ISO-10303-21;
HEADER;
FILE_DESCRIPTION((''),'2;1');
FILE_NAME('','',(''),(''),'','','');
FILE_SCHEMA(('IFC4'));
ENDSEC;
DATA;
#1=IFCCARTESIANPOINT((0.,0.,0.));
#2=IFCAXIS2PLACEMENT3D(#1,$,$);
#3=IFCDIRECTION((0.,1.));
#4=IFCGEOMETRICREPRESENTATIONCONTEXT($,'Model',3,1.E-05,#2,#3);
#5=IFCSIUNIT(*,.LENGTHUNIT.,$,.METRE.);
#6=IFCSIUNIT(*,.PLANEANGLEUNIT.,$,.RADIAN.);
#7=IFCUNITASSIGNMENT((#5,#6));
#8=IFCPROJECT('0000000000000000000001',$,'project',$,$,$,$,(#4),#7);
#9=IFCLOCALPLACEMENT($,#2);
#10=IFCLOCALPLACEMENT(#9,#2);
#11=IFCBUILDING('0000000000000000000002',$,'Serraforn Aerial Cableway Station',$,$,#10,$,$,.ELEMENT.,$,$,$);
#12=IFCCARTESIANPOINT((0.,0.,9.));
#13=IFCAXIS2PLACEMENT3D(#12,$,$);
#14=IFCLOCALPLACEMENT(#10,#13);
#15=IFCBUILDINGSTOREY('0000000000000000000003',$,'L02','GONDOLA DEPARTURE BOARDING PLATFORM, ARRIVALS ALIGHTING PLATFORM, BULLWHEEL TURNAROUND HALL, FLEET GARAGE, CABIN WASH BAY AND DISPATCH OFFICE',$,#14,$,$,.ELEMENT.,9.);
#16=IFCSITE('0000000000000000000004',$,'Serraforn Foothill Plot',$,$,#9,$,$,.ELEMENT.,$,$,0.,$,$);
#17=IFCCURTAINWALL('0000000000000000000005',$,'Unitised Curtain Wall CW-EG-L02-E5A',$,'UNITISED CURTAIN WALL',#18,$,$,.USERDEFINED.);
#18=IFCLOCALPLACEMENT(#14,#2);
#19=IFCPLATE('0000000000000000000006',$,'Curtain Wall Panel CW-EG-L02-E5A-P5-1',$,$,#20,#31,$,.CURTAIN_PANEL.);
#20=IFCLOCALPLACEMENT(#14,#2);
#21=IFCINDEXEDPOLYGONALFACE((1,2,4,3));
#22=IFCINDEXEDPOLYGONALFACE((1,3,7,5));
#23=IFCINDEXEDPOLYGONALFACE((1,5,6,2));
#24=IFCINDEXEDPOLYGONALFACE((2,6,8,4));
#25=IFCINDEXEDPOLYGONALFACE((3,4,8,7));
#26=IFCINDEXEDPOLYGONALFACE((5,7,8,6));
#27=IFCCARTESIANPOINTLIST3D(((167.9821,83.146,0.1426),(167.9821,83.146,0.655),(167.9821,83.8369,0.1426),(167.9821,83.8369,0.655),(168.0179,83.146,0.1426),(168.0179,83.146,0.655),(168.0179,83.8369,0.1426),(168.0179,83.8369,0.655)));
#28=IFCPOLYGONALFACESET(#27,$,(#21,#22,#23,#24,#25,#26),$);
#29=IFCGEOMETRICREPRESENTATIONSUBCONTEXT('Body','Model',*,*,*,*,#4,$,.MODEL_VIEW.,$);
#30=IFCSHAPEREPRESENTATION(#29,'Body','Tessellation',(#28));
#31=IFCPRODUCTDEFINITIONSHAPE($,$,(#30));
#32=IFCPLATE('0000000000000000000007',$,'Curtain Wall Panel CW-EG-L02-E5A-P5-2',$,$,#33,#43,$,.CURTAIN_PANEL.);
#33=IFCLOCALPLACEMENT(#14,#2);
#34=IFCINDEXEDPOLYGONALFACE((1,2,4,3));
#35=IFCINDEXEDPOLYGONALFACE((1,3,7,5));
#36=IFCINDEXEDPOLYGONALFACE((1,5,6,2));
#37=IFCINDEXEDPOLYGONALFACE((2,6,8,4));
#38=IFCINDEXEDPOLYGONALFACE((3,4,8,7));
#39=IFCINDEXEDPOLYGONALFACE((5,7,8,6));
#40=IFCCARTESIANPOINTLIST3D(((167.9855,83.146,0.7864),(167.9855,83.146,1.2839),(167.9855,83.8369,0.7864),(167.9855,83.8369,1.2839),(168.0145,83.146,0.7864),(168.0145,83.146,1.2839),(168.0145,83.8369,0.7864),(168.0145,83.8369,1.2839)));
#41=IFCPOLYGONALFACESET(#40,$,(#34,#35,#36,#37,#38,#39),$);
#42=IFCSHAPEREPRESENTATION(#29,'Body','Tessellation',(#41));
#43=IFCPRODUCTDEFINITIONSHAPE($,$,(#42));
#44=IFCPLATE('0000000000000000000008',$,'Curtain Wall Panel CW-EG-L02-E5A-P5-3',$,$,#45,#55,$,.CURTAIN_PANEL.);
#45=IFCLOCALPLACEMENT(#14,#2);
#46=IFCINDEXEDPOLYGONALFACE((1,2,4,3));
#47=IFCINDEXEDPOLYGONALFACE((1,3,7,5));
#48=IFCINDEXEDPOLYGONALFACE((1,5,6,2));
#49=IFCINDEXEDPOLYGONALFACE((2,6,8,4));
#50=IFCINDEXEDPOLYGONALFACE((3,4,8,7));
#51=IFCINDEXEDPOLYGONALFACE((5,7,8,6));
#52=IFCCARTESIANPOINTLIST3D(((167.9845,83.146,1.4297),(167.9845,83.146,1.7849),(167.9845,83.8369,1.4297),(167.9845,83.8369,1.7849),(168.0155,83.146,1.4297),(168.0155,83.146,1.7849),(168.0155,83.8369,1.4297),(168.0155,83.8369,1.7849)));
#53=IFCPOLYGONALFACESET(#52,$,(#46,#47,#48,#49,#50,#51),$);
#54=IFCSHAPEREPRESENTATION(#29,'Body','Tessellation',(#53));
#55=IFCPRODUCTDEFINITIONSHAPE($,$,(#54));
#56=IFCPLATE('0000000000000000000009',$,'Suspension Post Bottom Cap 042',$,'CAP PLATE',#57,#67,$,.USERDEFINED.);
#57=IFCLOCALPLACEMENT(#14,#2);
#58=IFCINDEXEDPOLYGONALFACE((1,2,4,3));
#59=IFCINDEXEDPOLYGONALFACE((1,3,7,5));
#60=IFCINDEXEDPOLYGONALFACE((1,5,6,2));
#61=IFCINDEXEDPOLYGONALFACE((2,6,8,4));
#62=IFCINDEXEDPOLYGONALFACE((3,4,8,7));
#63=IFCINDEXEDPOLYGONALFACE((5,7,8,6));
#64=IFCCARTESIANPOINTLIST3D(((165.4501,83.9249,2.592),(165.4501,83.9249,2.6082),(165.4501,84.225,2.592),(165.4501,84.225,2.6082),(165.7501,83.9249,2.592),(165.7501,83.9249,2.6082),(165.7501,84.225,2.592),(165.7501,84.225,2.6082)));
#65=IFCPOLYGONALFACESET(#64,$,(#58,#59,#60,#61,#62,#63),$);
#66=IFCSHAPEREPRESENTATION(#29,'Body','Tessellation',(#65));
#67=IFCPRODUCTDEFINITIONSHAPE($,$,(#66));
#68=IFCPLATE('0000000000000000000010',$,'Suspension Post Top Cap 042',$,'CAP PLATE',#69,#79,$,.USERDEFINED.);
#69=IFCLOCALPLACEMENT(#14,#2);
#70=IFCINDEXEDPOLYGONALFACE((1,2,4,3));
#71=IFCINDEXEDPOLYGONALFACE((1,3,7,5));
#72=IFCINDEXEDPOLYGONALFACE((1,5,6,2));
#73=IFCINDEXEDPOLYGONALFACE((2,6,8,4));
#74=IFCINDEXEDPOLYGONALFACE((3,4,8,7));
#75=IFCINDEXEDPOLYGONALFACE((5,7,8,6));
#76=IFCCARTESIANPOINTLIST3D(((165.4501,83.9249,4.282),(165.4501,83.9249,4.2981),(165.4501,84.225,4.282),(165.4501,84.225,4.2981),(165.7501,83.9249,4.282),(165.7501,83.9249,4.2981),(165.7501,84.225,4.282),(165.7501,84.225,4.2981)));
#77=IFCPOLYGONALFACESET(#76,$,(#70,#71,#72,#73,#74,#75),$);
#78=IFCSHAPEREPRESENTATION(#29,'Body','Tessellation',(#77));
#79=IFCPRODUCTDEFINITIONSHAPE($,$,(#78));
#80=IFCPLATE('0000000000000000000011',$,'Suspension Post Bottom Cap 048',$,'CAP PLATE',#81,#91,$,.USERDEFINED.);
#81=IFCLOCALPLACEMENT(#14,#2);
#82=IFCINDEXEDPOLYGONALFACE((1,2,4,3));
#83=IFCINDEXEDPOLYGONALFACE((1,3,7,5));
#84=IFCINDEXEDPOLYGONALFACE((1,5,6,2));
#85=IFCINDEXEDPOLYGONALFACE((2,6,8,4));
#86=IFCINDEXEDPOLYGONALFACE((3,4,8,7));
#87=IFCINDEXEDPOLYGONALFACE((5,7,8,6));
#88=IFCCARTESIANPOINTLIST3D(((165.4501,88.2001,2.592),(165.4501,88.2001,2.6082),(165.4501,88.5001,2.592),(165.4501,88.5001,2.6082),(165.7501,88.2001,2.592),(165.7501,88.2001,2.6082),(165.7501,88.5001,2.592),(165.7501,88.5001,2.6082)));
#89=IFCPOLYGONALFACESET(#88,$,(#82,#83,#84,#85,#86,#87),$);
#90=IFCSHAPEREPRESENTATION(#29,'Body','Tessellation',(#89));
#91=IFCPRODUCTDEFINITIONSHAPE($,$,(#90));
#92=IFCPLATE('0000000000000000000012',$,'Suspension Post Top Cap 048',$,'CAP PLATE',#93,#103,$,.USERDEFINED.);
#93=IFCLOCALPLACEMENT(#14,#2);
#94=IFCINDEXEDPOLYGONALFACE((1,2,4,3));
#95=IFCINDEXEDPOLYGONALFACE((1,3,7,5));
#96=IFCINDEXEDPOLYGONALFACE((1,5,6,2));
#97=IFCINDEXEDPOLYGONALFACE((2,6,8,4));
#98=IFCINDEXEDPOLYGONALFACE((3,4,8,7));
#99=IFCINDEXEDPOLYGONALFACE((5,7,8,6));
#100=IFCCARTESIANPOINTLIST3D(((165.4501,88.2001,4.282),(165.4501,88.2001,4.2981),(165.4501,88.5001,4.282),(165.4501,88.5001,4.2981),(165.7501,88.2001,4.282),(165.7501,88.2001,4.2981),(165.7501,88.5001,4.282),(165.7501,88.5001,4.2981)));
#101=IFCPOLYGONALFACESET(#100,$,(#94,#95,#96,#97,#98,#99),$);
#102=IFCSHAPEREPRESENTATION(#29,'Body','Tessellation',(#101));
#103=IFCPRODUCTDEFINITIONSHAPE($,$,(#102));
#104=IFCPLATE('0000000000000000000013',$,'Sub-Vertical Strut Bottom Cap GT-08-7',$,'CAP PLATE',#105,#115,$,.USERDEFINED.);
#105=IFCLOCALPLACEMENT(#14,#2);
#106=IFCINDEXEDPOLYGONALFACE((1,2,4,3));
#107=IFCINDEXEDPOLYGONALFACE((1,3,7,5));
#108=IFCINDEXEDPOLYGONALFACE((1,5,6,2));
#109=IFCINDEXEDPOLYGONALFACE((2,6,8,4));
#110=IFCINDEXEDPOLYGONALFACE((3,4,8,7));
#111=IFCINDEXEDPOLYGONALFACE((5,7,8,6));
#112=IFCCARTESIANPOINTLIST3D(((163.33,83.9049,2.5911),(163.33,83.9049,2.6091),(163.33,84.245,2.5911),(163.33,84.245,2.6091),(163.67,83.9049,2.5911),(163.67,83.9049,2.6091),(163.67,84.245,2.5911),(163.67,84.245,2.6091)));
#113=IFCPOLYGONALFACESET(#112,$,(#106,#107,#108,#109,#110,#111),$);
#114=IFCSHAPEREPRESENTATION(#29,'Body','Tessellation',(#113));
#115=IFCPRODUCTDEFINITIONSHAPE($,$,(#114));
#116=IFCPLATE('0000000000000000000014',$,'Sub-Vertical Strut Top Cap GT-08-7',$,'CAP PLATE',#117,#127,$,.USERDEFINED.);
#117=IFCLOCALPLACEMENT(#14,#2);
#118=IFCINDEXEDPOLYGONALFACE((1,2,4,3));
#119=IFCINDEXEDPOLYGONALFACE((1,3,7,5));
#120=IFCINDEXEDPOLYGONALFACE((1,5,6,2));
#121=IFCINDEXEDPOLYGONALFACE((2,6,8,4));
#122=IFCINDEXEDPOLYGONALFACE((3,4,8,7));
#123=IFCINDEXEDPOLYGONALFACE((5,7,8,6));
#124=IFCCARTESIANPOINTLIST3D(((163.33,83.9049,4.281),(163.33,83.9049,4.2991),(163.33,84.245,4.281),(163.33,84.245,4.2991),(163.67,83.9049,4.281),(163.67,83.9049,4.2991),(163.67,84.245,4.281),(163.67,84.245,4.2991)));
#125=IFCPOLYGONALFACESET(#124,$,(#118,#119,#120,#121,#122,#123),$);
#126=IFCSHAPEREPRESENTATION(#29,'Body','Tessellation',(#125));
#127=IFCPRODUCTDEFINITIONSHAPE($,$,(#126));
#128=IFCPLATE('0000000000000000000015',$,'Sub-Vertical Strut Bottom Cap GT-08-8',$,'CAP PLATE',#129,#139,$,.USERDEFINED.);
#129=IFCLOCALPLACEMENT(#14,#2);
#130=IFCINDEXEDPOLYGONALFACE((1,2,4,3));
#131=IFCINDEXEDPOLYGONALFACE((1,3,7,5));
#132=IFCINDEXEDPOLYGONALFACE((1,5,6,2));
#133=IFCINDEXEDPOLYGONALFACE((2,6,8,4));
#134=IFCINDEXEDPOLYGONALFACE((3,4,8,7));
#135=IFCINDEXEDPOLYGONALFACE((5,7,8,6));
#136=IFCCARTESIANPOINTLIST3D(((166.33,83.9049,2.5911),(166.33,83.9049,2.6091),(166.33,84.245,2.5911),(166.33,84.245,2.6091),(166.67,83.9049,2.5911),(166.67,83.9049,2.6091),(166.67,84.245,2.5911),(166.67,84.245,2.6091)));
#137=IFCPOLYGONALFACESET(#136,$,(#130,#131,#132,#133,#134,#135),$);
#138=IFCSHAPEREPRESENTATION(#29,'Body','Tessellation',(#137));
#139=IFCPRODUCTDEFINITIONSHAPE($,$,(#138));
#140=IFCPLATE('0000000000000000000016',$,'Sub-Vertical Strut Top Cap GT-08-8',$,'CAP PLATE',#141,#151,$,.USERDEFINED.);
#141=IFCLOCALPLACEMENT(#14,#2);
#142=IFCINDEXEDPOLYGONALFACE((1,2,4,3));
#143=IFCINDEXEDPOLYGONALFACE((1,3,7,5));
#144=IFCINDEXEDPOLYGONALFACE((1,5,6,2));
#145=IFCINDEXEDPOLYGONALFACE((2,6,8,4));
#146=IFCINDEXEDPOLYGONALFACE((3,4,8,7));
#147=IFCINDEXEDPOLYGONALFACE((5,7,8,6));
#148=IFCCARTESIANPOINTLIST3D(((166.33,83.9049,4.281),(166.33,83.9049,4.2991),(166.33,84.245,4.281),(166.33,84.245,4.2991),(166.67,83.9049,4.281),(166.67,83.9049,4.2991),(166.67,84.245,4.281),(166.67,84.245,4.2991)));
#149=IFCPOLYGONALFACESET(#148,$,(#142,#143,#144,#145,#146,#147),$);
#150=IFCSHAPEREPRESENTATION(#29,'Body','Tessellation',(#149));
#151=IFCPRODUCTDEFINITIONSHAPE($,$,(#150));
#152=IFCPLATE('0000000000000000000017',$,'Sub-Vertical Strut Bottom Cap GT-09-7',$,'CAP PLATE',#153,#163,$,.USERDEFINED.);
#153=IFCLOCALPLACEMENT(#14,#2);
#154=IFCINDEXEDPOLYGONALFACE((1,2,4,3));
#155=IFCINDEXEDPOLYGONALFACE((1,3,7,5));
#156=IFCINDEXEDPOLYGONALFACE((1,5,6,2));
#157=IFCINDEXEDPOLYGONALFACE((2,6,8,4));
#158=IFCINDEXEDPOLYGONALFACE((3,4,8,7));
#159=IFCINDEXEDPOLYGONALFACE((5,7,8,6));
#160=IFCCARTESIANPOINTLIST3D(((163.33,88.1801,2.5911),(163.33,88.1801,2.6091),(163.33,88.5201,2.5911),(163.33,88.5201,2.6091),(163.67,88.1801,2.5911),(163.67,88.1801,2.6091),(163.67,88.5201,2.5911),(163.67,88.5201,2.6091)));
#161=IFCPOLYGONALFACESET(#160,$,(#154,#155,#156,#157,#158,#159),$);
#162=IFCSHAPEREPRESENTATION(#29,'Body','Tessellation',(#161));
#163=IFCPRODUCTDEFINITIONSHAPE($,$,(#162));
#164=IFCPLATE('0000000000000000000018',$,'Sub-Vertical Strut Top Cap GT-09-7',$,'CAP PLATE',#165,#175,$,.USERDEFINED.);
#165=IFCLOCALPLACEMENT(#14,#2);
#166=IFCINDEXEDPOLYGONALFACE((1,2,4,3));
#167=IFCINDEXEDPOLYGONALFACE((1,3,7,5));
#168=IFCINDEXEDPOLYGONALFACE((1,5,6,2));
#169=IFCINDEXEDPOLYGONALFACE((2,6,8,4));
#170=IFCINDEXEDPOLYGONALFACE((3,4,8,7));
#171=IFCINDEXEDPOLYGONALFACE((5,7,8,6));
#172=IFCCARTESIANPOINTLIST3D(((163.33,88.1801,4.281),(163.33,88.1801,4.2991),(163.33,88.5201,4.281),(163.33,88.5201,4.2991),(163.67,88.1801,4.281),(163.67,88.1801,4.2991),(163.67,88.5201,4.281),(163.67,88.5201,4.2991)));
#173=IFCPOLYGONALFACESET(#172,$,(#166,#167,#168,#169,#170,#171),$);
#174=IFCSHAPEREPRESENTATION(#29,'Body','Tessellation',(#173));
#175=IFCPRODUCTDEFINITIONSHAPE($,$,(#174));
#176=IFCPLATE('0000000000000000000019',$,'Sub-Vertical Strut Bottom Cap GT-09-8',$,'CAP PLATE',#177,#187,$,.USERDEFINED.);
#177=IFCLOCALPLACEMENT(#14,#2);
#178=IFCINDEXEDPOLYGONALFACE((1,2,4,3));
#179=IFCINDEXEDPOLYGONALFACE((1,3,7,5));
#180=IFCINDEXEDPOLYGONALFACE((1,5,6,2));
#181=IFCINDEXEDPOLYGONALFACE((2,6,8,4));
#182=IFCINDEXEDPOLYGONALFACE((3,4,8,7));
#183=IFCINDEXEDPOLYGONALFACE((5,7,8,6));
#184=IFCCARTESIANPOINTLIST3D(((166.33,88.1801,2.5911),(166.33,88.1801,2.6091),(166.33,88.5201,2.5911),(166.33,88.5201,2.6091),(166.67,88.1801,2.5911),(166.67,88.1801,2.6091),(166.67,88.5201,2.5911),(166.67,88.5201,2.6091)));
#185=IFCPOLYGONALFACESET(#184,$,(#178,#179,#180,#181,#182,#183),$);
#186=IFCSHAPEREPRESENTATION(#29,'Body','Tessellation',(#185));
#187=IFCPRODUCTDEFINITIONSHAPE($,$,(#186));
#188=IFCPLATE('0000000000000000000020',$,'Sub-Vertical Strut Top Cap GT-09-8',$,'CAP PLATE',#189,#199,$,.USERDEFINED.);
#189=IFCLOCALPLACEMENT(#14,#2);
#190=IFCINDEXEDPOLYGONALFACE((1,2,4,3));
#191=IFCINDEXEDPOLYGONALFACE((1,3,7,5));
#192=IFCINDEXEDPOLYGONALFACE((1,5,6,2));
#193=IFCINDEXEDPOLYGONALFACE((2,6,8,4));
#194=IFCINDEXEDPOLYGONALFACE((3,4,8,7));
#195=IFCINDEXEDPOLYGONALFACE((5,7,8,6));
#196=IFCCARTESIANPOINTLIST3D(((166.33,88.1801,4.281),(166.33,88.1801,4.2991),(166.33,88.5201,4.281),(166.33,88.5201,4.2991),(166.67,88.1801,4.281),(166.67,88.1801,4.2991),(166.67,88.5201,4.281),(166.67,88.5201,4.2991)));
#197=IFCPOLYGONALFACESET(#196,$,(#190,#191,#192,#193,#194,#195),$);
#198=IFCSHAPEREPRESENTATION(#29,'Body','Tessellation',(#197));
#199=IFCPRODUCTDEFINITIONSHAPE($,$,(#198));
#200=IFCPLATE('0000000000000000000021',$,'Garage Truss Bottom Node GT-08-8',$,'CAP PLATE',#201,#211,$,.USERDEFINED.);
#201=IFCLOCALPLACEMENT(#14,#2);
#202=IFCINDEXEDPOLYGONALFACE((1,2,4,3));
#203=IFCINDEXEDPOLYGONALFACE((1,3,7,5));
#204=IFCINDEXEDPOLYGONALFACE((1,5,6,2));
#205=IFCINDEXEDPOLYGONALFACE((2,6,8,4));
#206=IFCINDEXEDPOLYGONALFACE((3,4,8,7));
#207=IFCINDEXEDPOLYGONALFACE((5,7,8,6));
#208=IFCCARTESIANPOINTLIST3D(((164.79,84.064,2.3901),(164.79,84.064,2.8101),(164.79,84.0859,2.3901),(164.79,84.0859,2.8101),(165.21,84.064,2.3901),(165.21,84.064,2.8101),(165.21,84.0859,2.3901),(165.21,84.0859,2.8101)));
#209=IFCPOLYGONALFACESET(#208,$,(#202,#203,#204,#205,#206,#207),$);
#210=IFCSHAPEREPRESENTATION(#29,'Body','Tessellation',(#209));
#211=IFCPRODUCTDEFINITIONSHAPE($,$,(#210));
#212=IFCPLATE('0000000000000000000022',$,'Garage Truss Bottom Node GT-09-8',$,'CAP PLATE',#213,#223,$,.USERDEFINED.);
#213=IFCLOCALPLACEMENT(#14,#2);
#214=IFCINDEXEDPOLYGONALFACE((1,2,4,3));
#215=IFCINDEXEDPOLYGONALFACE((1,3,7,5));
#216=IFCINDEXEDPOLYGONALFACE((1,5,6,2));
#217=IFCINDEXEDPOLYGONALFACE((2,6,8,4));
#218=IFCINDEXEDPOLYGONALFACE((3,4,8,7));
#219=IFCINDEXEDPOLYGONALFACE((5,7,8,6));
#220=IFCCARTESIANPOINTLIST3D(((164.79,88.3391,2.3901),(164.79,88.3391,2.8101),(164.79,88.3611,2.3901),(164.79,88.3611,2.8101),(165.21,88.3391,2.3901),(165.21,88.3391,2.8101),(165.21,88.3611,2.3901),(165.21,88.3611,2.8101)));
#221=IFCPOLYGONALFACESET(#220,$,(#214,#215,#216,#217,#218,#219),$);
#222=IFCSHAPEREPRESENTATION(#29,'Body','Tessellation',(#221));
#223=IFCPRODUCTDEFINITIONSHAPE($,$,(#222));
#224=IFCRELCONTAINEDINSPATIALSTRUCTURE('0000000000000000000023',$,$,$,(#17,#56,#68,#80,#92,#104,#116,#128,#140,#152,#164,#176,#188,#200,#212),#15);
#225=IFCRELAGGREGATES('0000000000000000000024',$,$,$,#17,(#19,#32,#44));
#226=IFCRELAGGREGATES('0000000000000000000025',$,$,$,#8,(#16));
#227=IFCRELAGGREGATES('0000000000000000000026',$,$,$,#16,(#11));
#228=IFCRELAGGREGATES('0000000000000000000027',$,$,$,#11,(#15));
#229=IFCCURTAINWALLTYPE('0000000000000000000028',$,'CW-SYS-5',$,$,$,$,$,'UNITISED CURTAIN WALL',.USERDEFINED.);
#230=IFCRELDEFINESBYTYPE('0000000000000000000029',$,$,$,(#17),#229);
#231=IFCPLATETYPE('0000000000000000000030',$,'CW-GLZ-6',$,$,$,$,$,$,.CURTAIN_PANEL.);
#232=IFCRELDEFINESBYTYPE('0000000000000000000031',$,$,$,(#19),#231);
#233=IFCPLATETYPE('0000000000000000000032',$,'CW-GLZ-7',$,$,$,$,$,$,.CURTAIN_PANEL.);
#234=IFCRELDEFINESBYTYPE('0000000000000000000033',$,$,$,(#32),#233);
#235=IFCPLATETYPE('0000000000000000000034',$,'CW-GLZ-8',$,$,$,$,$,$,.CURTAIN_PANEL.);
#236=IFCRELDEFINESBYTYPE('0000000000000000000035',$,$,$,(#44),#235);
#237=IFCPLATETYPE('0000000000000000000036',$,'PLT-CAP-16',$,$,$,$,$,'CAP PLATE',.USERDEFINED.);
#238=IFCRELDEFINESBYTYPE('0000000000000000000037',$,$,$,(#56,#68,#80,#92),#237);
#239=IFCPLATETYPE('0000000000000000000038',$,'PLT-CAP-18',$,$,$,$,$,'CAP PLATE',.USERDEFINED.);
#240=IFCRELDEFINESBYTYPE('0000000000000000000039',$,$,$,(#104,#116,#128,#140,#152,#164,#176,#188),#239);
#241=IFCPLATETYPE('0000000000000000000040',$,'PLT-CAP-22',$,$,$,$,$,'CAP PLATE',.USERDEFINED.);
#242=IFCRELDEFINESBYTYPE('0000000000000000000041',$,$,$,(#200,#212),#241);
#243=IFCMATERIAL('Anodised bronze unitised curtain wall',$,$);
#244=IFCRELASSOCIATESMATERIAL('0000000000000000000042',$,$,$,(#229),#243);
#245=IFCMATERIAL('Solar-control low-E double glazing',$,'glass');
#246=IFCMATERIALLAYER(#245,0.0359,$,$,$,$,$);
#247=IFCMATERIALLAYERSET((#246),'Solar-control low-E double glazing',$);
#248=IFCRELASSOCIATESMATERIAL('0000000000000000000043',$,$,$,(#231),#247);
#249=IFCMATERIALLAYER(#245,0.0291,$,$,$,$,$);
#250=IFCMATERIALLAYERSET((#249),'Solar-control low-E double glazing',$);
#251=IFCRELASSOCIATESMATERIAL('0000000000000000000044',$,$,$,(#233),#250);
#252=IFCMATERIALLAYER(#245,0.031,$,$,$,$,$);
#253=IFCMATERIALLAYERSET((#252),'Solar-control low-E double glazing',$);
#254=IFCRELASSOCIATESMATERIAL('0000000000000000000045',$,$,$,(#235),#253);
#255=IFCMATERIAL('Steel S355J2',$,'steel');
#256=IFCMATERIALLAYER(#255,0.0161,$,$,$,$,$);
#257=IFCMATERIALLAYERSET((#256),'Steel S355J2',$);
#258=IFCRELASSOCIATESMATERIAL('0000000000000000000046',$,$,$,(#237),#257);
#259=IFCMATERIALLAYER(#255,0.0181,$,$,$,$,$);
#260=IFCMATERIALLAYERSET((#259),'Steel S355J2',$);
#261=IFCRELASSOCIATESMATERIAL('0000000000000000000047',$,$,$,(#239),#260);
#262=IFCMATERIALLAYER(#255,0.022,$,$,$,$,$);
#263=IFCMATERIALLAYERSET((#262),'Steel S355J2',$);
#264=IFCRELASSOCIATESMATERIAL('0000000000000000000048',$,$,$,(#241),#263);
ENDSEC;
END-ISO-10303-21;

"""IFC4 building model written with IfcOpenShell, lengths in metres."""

from ifc_helpers import new_model, si_unit, direction, frame, origin, origin_2d, place, context, subcontext, project, spatial, rectangle, extrude, material, layer, layer_set, type_object, element, aggregate, save


model = new_model("IFC4")

# Units and contexts
model_context = context("Model", 3, precision=1e-05, world=origin(), true_north=direction((0.0, 1.0)))
body_context = subcontext(model_context, "Body", "Model", "MODEL_VIEW")
ifc_project = project(units=[si_unit("LENGTHUNIT", "METRE"), si_unit("PLANEANGLEUNIT", "RADIAN")], contexts=[model_context])

# Site, building, storey
site_placement = place(None, origin())
site = spatial("IfcSite", under=ifc_project, at=site_placement, Name="Serraforn Foothill Plot", CompositionType="ELEMENT", RefElevation=0.0)
building_placement = place(site_placement, origin())
building = spatial("IfcBuilding", under=site, at=building_placement, Name="Serraforn Aerial Cableway Station", CompositionType="ELEMENT")
storey_placement = place(building_placement, frame((0.0, 0.0, 9.0)))
storey = spatial("IfcBuildingStorey", under=building, at=storey_placement, Name="L02", Description="GONDOLA DEPARTURE BOARDING PLATFORM, ARRIVALS ALIGHTING PLATFORM, BULLWHEEL TURNAROUND HALL, FLEET GARAGE, CABIN WASH BAY AND DISPATCH OFFICE", CompositionType="ELEMENT", Elevation=9.0)

# Curtain wall
ifc_material_1 = material(Name="Anodised bronze unitised curtain wall")
curtain_wall_type = type_object("IfcCurtainWallType", Name="CW-SYS-5", ElementType="UNITISED CURTAIN WALL", PredefinedType="USERDEFINED", material=ifc_material_1)
curtain_wall_placement = place(storey_placement, origin())
curtain_wall = element("IfcCurtainWall", 1, at=curtain_wall_placement, inside=storey, type_object=curtain_wall_type, Name="Unitised Curtain Wall CW-EG-L02-E5A", ObjectType="UNITISED CURTAIN WALL", PredefinedType="USERDEFINED")

# Shared definitions
ifc_material_2 = material(Name="Steel S355J2", Category="steel")

# Plates
ifc_material_3 = material(Name="Solar-control low-E double glazing", Category="glass")
ifc_layer_1 = layer(ifc_material_3, 0.0359)
ifc_layer_set_1 = layer_set([ifc_layer_1], Name="Solar-control low-E double glazing")
plate_type_1 = type_object("IfcPlateType", Name="CW-GLZ-6", PredefinedType="CURTAIN_PANEL", material=ifc_layer_set_1)
plate_1_placement = place(storey_placement, frame((168.0, 83.4915, 0.1426), z_axis=(0.0, 0.0, 1.0), x_axis=(1.0, 0.0, 0.0)))
plate_1 = element("IfcPlate", 2, at=plate_1_placement, type_object=plate_type_1, Name="Curtain Wall Panel CW-EG-L02-E5A-P5-1", PredefinedType="CURTAIN_PANEL", context=body_context, shape_type="SweptSolid", body=[
    extrude(rectangle(XDim=0.0359, YDim=0.6909, at=origin_2d()), origin(), (0.0, 0.0, 1.0), 0.5125),
])
ifc_layer_2 = layer(ifc_material_3, 0.0291)
ifc_layer_set_2 = layer_set([ifc_layer_2], Name="Solar-control low-E double glazing")
plate_type_2 = type_object("IfcPlateType", Name="CW-GLZ-7", PredefinedType="CURTAIN_PANEL", material=ifc_layer_set_2)
plate_2_placement = place(storey_placement, frame((168.0, 83.4915, 0.7864), z_axis=(0.0, 0.0, 1.0), x_axis=(1.0, 0.0, 0.0)))
plate_2 = element("IfcPlate", 3, at=plate_2_placement, type_object=plate_type_2, Name="Curtain Wall Panel CW-EG-L02-E5A-P5-2", PredefinedType="CURTAIN_PANEL", context=body_context, shape_type="SweptSolid", body=[
    extrude(rectangle(XDim=0.0291, YDim=0.6909, at=origin_2d()), origin(), (0.0, 0.0, 1.0), 0.4976),
])
ifc_layer_3 = layer(ifc_material_3, 0.031)
ifc_layer_set_3 = layer_set([ifc_layer_3], Name="Solar-control low-E double glazing")
plate_type_3 = type_object("IfcPlateType", Name="CW-GLZ-8", PredefinedType="CURTAIN_PANEL", material=ifc_layer_set_3)
plate_3_placement = place(storey_placement, frame((168.0, 83.4915, 1.4297), z_axis=(0.0, 0.0, 1.0), x_axis=(1.0, 0.0, 0.0)))
plate_3 = element("IfcPlate", 4, at=plate_3_placement, type_object=plate_type_3, Name="Curtain Wall Panel CW-EG-L02-E5A-P5-3", PredefinedType="CURTAIN_PANEL", context=body_context, shape_type="SweptSolid", body=[
    extrude(rectangle(XDim=0.031, YDim=0.6909, at=origin_2d()), origin(), (0.0, 0.0, 1.0), 0.3552),
])
aggregate(curtain_wall, [plate_1, plate_2, plate_3])

# Plates
ifc_layer_4 = layer(ifc_material_2, 0.0161)
ifc_layer_set_4 = layer_set([ifc_layer_4], Name="Steel S355J2")
plate_type_4 = type_object("IfcPlateType", Name="PLT-CAP-16", ElementType="CAP PLATE", PredefinedType="USERDEFINED", material=ifc_layer_set_4)
for number, where, z_axis, x_axis, name in (
    (5, (165.6001, 84.075, 2.592), (0.0, 0.0, 1.0), (1.0, 0.0, 0.0), "Suspension Post Bottom Cap 042"),
    (6, (165.6001, 84.075, 4.282), (0.0, 0.0, 1.0), (1.0, 0.0, 0.0), "Suspension Post Top Cap 042"),
    (7, (165.6001, 88.3501, 2.592), (0.0, 0.0, 1.0), (1.0, 0.0, 0.0), "Suspension Post Bottom Cap 048"),
    (8, (165.6001, 88.3501, 4.282), (0.0, 0.0, 1.0), (1.0, 0.0, 0.0), "Suspension Post Top Cap 048"),
):
    element("IfcPlate", number, at=place(storey_placement, frame(where, z_axis=z_axis, x_axis=x_axis)), inside=storey, type_object=plate_type_4, Name=name, ObjectType="CAP PLATE", PredefinedType="USERDEFINED", context=body_context, shape_type="SweptSolid", body=[
        extrude(rectangle(XDim=0.3, YDim=0.3, at=origin_2d()), origin(), (0.0, 0.0, 1.0), 0.0161),
    ])
ifc_layer_5 = layer(ifc_material_2, 0.0181)
ifc_layer_set_5 = layer_set([ifc_layer_5], Name="Steel S355J2")
plate_type_5 = type_object("IfcPlateType", Name="PLT-CAP-18", ElementType="CAP PLATE", PredefinedType="USERDEFINED", material=ifc_layer_set_5)
for number, where, z_axis, x_axis, name in (
    (9, (163.5, 84.075, 2.5911), (0.0, 0.0, 1.0), (1.0, 0.0, 0.0), "Sub-Vertical Strut Bottom Cap GT-08-7"),
    (10, (163.5, 84.075, 4.281), (0.0, 0.0, 1.0), (1.0, 0.0, 0.0), "Sub-Vertical Strut Top Cap GT-08-7"),
    (11, (166.5, 84.075, 2.5911), (0.0, 0.0, 1.0), (1.0, 0.0, 0.0), "Sub-Vertical Strut Bottom Cap GT-08-8"),
    (12, (166.5, 84.075, 4.281), (0.0, 0.0, 1.0), (1.0, 0.0, 0.0), "Sub-Vertical Strut Top Cap GT-08-8"),
    (13, (163.5, 88.3501, 2.5911), (0.0, 0.0, 1.0), (1.0, 0.0, 0.0), "Sub-Vertical Strut Bottom Cap GT-09-7"),
    (14, (163.5, 88.3501, 4.281), (0.0, 0.0, 1.0), (1.0, 0.0, 0.0), "Sub-Vertical Strut Top Cap GT-09-7"),
    (15, (166.5, 88.3501, 2.5911), (0.0, 0.0, 1.0), (1.0, 0.0, 0.0), "Sub-Vertical Strut Bottom Cap GT-09-8"),
    (16, (166.5, 88.3501, 4.281), (0.0, 0.0, 1.0), (1.0, 0.0, 0.0), "Sub-Vertical Strut Top Cap GT-09-8"),
):
    element("IfcPlate", number, at=place(storey_placement, frame(where, z_axis=z_axis, x_axis=x_axis)), inside=storey, type_object=plate_type_5, Name=name, ObjectType="CAP PLATE", PredefinedType="USERDEFINED", context=body_context, shape_type="SweptSolid", body=[
        extrude(rectangle(XDim=0.3401, YDim=0.3401, at=origin_2d()), origin(), (0.0, 0.0, 1.0), 0.0181),
    ])
ifc_layer_6 = layer(ifc_material_2, 0.022)
ifc_layer_set_6 = layer_set([ifc_layer_6], Name="Steel S355J2")
plate_type_6 = type_object("IfcPlateType", Name="PLT-CAP-22", ElementType="CAP PLATE", PredefinedType="USERDEFINED", material=ifc_layer_set_6)
for number, where, z_axis, x_axis, name in (
    (17, (165.0, 84.075, 2.3901), (0.0, 0.0, 1.0), (1.0, 0.0, 0.0), "Garage Truss Bottom Node GT-08-8"),
    (18, (165.0, 88.3501, 2.3901), (0.0, 0.0, 1.0), (1.0, 0.0, 0.0), "Garage Truss Bottom Node GT-09-8"),
):
    element("IfcPlate", number, at=place(storey_placement, frame(where, z_axis=z_axis, x_axis=x_axis)), inside=storey, type_object=plate_type_6, Name=name, ObjectType="CAP PLATE", PredefinedType="USERDEFINED", context=body_context, shape_type="SweptSolid", body=[
        extrude(rectangle(XDim=0.4199, YDim=0.022, at=origin_2d()), origin(), (0.0, 0.0, 1.0), 0.4199),
    ])

save(model, "model.ifc")
